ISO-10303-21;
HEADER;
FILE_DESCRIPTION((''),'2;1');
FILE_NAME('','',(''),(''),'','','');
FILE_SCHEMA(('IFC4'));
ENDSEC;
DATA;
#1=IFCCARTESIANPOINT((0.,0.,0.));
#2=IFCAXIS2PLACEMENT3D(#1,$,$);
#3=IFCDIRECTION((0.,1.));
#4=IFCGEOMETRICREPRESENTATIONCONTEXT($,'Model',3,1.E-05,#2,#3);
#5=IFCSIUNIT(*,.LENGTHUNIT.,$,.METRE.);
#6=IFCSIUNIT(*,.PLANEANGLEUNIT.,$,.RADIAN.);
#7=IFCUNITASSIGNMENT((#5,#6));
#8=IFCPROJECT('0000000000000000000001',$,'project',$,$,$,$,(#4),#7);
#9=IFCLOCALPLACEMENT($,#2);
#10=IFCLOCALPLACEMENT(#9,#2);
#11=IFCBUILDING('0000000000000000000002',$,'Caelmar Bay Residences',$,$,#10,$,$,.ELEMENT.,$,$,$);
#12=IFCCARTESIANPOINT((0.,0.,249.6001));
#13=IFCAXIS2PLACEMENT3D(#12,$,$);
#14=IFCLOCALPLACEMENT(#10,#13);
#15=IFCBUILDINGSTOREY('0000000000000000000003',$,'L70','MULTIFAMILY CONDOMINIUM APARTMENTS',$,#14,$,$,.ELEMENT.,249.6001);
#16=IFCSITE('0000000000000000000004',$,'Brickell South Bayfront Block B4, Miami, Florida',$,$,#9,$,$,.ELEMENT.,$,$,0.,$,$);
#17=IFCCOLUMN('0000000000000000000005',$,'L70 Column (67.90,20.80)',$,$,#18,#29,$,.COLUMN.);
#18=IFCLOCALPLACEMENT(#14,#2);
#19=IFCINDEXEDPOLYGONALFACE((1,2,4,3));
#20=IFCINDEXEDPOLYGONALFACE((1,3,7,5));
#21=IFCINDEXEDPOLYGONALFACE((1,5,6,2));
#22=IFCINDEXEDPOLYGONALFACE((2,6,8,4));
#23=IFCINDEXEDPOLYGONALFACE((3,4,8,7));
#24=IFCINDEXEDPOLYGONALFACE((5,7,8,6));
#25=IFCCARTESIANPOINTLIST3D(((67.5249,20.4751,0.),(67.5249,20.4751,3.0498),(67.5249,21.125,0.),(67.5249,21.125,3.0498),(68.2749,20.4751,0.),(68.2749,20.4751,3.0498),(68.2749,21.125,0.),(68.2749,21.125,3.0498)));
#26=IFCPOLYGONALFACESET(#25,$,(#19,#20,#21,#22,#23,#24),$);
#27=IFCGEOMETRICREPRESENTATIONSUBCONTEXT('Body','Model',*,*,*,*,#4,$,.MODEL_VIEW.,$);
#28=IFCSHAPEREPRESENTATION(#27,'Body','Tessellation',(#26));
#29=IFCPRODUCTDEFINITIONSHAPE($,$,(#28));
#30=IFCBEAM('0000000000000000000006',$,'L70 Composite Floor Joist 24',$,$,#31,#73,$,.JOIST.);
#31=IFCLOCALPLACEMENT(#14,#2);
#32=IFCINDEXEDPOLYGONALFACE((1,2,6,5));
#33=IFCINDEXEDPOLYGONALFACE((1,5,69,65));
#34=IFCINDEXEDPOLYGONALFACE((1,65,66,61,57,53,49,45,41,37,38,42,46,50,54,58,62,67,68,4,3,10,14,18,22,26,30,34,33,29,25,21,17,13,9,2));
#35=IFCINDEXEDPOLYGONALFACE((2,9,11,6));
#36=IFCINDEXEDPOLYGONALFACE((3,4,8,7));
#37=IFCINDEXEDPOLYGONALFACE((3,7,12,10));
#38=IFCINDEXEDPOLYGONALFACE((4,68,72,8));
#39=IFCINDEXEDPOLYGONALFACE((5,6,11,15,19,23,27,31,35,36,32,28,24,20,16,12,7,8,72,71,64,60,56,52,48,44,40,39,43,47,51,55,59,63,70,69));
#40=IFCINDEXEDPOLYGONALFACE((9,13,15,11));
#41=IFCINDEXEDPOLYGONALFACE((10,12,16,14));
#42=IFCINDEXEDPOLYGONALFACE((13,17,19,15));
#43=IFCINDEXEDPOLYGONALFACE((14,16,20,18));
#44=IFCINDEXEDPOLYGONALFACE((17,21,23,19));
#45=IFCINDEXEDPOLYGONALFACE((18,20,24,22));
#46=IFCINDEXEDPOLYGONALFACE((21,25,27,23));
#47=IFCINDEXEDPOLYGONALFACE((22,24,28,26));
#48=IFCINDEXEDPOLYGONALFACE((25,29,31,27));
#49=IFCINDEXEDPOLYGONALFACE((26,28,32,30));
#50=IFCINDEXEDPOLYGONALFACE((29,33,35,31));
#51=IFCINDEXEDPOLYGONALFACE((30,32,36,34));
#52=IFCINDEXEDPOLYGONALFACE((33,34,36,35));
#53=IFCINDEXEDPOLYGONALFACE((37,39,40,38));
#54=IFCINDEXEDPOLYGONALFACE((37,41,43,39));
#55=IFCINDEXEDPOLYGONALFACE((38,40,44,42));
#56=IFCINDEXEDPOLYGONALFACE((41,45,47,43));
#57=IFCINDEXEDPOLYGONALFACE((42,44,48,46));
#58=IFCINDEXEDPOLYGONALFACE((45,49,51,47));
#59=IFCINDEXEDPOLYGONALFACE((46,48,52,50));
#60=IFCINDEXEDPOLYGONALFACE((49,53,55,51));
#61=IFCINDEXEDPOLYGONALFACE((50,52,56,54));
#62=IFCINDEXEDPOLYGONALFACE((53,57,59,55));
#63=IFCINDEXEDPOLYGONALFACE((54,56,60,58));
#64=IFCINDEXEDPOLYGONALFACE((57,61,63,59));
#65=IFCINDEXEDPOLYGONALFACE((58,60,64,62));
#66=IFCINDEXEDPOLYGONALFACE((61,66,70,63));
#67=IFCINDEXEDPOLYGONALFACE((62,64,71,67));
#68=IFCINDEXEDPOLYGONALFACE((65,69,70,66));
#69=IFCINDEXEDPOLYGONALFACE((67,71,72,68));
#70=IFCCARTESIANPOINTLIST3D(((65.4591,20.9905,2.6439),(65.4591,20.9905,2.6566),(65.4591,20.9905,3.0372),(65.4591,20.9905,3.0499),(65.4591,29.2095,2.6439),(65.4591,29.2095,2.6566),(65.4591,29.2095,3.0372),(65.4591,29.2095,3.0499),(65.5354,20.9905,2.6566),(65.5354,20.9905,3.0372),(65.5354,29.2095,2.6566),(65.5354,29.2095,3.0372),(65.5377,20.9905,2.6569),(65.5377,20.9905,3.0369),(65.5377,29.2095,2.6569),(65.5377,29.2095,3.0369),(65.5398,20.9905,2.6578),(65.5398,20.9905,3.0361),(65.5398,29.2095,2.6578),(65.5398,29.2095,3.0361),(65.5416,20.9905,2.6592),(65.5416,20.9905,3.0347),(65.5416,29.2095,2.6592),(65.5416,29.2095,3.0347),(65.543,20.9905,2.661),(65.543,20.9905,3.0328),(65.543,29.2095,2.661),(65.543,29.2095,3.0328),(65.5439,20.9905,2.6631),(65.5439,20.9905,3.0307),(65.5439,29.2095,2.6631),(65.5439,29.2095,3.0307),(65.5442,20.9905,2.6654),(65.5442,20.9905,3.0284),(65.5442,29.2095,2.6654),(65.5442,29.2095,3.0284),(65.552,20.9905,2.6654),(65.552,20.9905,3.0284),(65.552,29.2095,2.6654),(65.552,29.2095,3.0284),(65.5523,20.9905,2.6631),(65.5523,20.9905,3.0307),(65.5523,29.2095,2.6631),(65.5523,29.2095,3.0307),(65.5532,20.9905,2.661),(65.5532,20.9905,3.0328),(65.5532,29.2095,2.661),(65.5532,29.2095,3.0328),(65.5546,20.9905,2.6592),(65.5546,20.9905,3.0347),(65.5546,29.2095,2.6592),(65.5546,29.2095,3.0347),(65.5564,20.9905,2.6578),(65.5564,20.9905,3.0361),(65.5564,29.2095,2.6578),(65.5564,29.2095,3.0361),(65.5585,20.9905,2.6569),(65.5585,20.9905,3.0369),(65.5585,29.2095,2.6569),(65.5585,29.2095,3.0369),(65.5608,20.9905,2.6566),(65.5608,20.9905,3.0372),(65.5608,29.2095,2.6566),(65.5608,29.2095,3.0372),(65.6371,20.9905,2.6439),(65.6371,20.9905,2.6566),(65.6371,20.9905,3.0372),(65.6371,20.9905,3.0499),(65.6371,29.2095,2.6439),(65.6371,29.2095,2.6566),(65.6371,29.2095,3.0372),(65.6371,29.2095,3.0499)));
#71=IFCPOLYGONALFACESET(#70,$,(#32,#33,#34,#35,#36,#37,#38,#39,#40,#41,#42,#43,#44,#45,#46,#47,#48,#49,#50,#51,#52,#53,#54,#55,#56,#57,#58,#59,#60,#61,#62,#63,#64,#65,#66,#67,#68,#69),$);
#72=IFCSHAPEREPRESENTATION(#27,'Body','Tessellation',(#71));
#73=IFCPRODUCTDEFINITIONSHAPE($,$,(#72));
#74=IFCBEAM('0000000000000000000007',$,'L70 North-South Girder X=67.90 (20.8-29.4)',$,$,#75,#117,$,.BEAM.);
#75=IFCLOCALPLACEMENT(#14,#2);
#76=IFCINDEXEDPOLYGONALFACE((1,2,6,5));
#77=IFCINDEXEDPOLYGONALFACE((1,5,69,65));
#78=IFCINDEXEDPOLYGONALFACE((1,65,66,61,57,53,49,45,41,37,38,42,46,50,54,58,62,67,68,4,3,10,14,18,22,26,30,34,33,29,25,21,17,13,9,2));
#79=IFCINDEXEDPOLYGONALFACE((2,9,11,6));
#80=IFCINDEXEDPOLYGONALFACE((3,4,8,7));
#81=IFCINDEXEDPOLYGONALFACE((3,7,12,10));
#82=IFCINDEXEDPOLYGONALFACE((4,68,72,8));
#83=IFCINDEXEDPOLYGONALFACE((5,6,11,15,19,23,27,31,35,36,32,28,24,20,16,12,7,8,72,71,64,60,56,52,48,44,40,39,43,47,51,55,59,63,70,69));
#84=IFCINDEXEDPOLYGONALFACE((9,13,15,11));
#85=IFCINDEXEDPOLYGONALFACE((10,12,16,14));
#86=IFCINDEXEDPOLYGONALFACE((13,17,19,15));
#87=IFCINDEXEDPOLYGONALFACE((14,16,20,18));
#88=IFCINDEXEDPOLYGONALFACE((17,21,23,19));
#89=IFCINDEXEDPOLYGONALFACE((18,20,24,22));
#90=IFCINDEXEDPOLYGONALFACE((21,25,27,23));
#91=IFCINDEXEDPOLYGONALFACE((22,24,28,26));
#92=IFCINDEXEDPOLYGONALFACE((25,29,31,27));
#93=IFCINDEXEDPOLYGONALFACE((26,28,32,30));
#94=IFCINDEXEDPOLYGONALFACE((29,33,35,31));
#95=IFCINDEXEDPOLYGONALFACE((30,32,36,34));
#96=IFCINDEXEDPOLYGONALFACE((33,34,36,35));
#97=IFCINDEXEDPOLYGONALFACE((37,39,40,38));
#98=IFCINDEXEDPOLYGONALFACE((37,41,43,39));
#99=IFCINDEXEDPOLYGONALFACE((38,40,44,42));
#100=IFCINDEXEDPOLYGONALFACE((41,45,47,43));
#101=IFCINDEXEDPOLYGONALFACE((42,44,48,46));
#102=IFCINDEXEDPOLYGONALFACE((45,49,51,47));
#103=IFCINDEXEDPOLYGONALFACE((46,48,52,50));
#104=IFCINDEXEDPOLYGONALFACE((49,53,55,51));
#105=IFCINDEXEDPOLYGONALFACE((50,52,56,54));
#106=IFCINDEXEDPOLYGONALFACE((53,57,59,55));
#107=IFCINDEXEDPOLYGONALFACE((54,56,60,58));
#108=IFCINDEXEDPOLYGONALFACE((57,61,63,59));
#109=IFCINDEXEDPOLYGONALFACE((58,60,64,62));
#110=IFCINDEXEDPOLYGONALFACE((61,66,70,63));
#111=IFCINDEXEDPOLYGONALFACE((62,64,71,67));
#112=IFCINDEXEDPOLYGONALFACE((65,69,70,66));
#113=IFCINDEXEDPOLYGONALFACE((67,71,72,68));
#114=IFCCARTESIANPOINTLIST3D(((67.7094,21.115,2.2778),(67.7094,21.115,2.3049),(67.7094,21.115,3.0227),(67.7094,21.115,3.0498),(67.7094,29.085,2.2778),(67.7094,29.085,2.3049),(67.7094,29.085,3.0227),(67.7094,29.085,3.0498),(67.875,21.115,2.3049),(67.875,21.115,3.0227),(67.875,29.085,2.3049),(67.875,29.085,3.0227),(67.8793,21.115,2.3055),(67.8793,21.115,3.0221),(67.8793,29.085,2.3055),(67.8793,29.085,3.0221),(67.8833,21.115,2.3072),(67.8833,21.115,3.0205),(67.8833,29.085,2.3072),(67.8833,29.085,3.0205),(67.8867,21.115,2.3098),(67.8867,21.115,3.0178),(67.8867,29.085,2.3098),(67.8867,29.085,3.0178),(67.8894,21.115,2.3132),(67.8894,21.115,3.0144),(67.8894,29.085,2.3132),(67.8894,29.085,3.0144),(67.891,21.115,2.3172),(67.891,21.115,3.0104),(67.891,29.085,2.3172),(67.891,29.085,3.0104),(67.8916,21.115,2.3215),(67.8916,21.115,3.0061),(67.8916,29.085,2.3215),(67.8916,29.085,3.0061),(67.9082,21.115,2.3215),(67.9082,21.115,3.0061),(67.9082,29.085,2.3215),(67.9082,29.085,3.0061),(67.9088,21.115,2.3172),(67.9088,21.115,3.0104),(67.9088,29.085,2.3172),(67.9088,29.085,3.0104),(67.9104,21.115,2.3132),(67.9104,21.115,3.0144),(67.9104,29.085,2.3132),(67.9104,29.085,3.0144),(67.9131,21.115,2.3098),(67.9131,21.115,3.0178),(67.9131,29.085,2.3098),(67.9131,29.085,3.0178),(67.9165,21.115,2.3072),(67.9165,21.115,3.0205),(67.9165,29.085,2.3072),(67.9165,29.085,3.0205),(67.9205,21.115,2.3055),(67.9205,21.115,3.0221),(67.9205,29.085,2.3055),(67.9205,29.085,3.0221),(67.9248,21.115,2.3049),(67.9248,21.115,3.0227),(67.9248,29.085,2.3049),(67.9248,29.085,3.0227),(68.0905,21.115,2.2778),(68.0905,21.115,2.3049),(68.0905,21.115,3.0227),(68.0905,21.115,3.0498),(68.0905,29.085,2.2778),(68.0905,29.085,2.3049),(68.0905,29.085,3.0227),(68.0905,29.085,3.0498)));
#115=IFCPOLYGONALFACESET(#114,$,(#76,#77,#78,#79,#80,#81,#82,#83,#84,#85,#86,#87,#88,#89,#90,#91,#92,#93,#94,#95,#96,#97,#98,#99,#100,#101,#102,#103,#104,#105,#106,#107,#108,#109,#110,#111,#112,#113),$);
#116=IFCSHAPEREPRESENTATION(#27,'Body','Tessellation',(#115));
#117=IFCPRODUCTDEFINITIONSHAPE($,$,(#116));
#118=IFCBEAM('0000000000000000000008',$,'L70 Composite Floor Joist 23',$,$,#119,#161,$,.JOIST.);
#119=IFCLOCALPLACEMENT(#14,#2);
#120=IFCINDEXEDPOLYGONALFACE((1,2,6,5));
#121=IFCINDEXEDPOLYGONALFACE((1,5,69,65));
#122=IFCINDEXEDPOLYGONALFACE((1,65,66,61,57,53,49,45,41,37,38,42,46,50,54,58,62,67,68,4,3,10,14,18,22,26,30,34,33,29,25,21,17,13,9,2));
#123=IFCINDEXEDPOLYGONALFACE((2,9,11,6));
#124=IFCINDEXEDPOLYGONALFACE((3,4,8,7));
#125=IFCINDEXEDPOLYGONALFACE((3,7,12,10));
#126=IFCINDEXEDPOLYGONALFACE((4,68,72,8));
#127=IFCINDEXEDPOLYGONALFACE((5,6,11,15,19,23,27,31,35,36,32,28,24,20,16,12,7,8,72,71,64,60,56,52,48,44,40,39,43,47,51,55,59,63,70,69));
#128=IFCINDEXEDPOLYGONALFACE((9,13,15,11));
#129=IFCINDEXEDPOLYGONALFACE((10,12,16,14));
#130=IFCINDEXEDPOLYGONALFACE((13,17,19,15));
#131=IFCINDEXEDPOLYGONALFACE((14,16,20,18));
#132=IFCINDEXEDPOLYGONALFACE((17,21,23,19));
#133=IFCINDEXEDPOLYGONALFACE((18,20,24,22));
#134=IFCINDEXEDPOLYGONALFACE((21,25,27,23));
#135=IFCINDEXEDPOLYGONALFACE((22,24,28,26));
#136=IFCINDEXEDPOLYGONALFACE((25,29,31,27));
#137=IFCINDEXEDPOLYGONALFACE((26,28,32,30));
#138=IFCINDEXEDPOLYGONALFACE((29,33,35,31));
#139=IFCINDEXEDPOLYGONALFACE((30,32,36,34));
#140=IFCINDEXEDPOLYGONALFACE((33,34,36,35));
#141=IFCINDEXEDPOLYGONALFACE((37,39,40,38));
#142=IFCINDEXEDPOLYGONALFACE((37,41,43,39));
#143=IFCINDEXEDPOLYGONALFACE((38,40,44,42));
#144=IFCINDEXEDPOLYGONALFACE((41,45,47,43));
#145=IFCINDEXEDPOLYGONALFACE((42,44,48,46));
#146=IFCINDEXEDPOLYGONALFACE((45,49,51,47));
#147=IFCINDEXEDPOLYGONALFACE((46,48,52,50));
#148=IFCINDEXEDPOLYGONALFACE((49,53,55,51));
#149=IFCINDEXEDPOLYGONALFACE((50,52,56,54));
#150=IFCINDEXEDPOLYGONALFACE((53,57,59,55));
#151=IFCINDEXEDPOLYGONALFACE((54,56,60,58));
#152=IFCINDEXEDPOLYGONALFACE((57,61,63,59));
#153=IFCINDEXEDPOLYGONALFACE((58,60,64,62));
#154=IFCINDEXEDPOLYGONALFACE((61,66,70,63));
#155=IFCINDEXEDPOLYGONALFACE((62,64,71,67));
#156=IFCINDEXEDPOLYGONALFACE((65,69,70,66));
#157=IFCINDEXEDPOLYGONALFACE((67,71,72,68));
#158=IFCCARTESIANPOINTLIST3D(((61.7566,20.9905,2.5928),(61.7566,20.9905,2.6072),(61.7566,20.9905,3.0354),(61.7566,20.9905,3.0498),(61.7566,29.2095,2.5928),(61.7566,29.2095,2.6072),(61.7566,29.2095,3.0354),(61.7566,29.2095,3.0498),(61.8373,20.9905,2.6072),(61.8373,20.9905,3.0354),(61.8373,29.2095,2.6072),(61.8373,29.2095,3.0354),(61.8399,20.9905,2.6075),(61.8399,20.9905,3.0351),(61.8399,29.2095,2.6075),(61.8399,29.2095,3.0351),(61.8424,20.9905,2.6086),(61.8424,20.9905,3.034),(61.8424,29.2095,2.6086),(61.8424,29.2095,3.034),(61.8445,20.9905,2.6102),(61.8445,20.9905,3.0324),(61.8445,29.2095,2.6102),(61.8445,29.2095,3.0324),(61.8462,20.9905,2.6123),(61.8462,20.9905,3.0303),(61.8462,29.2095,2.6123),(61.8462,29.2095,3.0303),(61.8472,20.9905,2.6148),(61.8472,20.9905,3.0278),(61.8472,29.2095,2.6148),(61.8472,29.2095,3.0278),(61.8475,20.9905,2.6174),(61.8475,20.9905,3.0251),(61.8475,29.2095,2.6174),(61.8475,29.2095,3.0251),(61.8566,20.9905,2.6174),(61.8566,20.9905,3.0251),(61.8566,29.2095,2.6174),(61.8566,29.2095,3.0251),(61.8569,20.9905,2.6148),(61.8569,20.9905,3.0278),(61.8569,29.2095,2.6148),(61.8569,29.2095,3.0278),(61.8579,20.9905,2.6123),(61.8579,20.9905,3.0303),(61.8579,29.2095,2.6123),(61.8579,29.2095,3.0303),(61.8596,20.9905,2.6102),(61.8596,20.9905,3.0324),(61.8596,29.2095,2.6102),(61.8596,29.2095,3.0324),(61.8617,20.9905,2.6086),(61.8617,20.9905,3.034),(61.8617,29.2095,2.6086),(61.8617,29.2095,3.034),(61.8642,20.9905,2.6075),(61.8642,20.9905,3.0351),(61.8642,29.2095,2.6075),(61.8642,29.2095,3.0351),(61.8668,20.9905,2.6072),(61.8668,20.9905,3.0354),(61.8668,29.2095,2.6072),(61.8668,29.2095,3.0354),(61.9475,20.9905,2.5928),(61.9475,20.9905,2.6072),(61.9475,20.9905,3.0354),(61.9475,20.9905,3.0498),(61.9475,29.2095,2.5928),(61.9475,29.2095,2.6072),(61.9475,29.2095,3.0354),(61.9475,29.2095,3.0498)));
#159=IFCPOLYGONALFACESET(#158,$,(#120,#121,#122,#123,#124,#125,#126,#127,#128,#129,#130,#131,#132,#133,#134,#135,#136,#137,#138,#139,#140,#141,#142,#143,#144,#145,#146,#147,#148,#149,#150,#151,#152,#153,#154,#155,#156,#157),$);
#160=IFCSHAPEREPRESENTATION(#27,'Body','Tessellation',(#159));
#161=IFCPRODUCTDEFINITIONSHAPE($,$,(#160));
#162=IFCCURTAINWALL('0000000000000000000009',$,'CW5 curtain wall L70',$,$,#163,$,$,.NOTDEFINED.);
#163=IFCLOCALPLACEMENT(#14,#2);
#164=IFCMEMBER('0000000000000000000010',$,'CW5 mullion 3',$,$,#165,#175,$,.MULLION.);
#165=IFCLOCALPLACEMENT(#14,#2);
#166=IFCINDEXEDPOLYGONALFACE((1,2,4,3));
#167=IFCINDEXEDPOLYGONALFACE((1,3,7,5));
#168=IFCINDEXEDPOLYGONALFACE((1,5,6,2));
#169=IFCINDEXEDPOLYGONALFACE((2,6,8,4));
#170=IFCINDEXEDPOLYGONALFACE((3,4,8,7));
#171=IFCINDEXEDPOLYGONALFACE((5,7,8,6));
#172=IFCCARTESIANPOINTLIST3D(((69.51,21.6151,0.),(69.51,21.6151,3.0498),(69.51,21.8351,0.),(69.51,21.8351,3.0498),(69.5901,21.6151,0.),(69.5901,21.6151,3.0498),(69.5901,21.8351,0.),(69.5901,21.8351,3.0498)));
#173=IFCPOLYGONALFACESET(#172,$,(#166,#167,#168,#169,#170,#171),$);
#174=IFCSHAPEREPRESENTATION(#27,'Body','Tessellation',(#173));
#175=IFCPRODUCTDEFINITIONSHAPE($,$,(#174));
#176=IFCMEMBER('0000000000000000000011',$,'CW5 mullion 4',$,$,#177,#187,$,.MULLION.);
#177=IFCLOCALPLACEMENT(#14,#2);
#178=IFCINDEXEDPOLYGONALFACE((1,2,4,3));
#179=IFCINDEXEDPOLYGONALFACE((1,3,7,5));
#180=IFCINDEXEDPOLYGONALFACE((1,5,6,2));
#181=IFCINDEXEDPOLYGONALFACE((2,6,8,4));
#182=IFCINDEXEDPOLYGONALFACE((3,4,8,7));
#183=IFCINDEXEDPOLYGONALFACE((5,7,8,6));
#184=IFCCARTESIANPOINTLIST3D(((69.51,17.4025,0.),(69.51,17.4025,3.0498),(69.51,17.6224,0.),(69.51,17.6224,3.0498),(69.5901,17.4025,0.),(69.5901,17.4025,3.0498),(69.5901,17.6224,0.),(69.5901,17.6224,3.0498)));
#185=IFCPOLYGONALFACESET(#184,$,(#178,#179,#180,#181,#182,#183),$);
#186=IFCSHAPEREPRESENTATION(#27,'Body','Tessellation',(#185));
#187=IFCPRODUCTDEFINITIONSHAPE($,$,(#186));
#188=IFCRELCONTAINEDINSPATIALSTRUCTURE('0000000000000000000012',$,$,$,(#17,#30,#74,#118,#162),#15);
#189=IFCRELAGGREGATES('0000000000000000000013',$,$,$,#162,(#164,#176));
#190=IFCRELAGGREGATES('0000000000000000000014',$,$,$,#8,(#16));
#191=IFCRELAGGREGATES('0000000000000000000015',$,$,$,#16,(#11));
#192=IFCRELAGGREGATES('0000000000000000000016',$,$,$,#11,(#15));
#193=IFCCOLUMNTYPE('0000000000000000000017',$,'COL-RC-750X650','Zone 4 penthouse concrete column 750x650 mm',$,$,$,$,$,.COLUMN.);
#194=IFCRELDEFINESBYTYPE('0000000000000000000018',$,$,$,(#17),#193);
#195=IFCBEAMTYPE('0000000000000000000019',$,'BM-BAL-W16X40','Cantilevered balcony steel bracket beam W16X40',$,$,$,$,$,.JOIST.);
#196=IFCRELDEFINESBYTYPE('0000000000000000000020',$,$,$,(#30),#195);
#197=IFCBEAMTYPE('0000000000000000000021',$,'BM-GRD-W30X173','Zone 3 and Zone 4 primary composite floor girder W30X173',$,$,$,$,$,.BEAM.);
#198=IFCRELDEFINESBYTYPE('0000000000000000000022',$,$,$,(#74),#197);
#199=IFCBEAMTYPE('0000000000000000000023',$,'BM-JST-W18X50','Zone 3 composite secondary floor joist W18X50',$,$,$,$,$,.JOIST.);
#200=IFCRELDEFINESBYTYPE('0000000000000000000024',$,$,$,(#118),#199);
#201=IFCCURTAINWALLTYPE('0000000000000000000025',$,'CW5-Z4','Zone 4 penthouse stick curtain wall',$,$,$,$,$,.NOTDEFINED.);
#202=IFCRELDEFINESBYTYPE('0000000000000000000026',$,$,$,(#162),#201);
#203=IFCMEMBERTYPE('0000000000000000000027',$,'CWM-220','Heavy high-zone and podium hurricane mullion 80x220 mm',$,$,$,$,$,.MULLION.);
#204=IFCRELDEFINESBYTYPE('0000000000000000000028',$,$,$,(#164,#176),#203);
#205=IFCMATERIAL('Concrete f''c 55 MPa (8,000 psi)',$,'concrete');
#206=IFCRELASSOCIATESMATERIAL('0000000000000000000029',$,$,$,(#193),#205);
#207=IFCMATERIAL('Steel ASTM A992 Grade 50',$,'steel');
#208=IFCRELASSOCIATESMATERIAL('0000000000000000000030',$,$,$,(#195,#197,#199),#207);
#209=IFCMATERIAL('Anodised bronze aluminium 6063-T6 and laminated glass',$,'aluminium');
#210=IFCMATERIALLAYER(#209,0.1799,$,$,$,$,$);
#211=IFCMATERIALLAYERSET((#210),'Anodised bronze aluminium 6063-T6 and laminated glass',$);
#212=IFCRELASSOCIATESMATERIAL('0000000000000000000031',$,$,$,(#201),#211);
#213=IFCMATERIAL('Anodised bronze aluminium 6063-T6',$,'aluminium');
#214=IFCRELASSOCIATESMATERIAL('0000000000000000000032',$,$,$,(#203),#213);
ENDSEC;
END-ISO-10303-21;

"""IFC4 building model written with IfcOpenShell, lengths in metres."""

from ifc_helpers import new_model, si_unit, direction, frame, origin, origin_2d, place, context, subcontext, project, spatial, rectangle, i_section, extrude, material, layer, layer_set, material_profile, profile_set, type_object, element, aggregate, save


model = new_model("IFC4")

# Units and contexts
model_context = context("Model", 3, precision=1e-05, world=origin(), true_north=direction((0.0, 1.0)))
body_context = subcontext(model_context, "Body", "Model", "MODEL_VIEW")
ifc_project = project(units=[si_unit("LENGTHUNIT", "METRE"), si_unit("PLANEANGLEUNIT", "RADIAN")], contexts=[model_context])

# Site, building, storey
site_placement = place(None, origin())
site = spatial("IfcSite", under=ifc_project, at=site_placement, Name="Brickell South Bayfront Block B4, Miami, Florida", CompositionType="ELEMENT", RefElevation=0.0)
building_placement = place(site_placement, origin())
building = spatial("IfcBuilding", under=site, at=building_placement, Name="Caelmar Bay Residences", CompositionType="ELEMENT")
storey_placement = place(building_placement, frame((0.0, 0.0, 249.6001)))
storey = spatial("IfcBuildingStorey", under=building, at=storey_placement, Name="L70", Description="MULTIFAMILY CONDOMINIUM APARTMENTS", CompositionType="ELEMENT", Elevation=249.6001)

# Column
ifc_material_1 = material(Name="Concrete f'c 55 MPa (8,000 psi)", Category="concrete")
ifc_material_profile_1 = material_profile(ifc_material_1, rectangle(XDim=0.75, YDim=0.6499, at=origin_2d()), Name="RC-COL-750X650")
ifc_profile_set_1 = profile_set([ifc_material_profile_1], Name="Concrete f'c 55 MPa (8,000 psi)")
column_type = type_object("IfcColumnType", Name="COL-RC-750X650", Description="Zone 4 penthouse concrete column 750x650 mm", PredefinedType="COLUMN", material=ifc_profile_set_1)
column_placement = place(storey_placement, frame((67.8999, 20.8, 0.0), z_axis=(0.0, 0.0, 1.0), x_axis=(1.0, 0.0, 0.0)))
element("IfcColumn", 1, at=column_placement, inside=storey, type_object=column_type, Name="L70 Column (67.90,20.80)", PredefinedType="COLUMN", context=body_context, shape_type="SweptSolid", body=[
    extrude(rectangle(XDim=0.75, YDim=0.6499, at=origin_2d()), origin(), (0.0, 0.0, 1.0), 3.0498),
])

# Beams
ifc_material_2 = material(Name="Steel ASTM A992 Grade 50", Category="steel")
ifc_material_profile_2 = material_profile(ifc_material_2, i_section(OverallWidth=0.178, OverallDepth=0.406, WebThickness=0.0078, FlangeThickness=0.0127, FilletRadius=0.0088, at=origin_2d()), Name="W16X40")
ifc_profile_set_2 = profile_set([ifc_material_profile_2], Name="Steel ASTM A992 Grade 50")
beam_type_1 = type_object("IfcBeamType", Name="BM-BAL-W16X40", Description="Cantilevered balcony steel bracket beam W16X40", PredefinedType="JOIST", material=ifc_profile_set_2)
beam_1_placement = place(storey_placement, frame((65.5481, 20.9905, 2.8469), z_axis=(0.0, 1.0, 0.0), x_axis=(-1.0, 0.0, 0.0)))
element("IfcBeam", 2, at=beam_1_placement, inside=storey, type_object=beam_type_1, Name="L70 Composite Floor Joist 24", PredefinedType="JOIST", context=body_context, shape_type="SweptSolid", body=[
    extrude(i_section(OverallWidth=0.178, OverallDepth=0.406, WebThickness=0.0078, FlangeThickness=0.0127, FilletRadius=0.0088, at=origin_2d()), origin(), (0.0, 0.0, 1.0), 8.219),
])
ifc_material_profile_3 = material_profile(ifc_material_2, i_section(OverallWidth=0.3811, OverallDepth=0.772, WebThickness=0.0166, FlangeThickness=0.0271, FilletRadius=0.0166, at=origin_2d()), Name="W30X173")
ifc_profile_set_3 = profile_set([ifc_material_profile_3], Name="Steel ASTM A992 Grade 50")
beam_type_2 = type_object("IfcBeamType", Name="BM-GRD-W30X173", Description="Zone 3 and Zone 4 primary composite floor girder W30X173", PredefinedType="BEAM", material=ifc_profile_set_3)
beam_2_placement = place(storey_placement, frame((67.8999, 21.115, 2.6638), z_axis=(0.0, 1.0, 0.0), x_axis=(-1.0, 0.0, 0.0)))
element("IfcBeam", 3, at=beam_2_placement, inside=storey, type_object=beam_type_2, Name="L70 North-South Girder X=67.90 (20.8-29.4)", PredefinedType="BEAM", context=body_context, shape_type="SweptSolid", body=[
    extrude(i_section(OverallWidth=0.3811, OverallDepth=0.772, WebThickness=0.0166, FlangeThickness=0.0271, FilletRadius=0.0166, at=origin_2d()), origin(), (0.0, 0.0, 1.0), 7.97),
])
ifc_material_profile_4 = material_profile(ifc_material_2, i_section(OverallWidth=0.1909, OverallDepth=0.457, WebThickness=0.009, FlangeThickness=0.0144, FilletRadius=0.0103, at=origin_2d()), Name="W18X50")
ifc_profile_set_4 = profile_set([ifc_material_profile_4], Name="Steel ASTM A992 Grade 50")
beam_type_3 = type_object("IfcBeamType", Name="BM-JST-W18X50", Description="Zone 3 composite secondary floor joist W18X50", PredefinedType="JOIST", material=ifc_profile_set_4)
beam_3_placement = place(storey_placement, frame((61.8521, 20.9905, 2.8213), z_axis=(0.0, 1.0, 0.0), x_axis=(-1.0, 0.0, 0.0)))
element("IfcBeam", 4, at=beam_3_placement, inside=storey, type_object=beam_type_3, Name="L70 Composite Floor Joist 23", PredefinedType="JOIST", context=body_context, shape_type="SweptSolid", body=[
    extrude(i_section(OverallWidth=0.1909, OverallDepth=0.457, WebThickness=0.009, FlangeThickness=0.0144, FilletRadius=0.0103, at=origin_2d()), origin(), (0.0, 0.0, 1.0), 8.219),
])

# Curtain wall, members
ifc_material_3 = material(Name="Anodised bronze aluminium 6063-T6 and laminated glass", Category="aluminium")
ifc_layer_1 = layer(ifc_material_3, 0.1799)
ifc_layer_set_1 = layer_set([ifc_layer_1], Name="Anodised bronze aluminium 6063-T6 and laminated glass")
curtain_wall_type = type_object("IfcCurtainWallType", Name="CW5-Z4", Description="Zone 4 penthouse stick curtain wall", PredefinedType="NOTDEFINED", material=ifc_layer_set_1)
curtain_wall_placement = place(storey_placement, origin())
curtain_wall = element("IfcCurtainWall", 5, at=curtain_wall_placement, inside=storey, type_object=curtain_wall_type, Name="CW5 curtain wall L70", PredefinedType="NOTDEFINED")
ifc_material_4 = material(Name="Anodised bronze aluminium 6063-T6", Category="aluminium")
ifc_material_profile_5 = material_profile(ifc_material_4, rectangle(XDim=0.0801, YDim=0.22, at=origin_2d()), Name="CWM-80X220")
ifc_profile_set_5 = profile_set([ifc_material_profile_5], Name="Anodised bronze aluminium 6063-T6")
member_type_1 = type_object("IfcMemberType", Name="CWM-220", Description="Heavy high-zone and podium hurricane mullion 80x220 mm", PredefinedType="MULLION", material=ifc_profile_set_5)
member_1_placement = place(storey_placement, frame((69.55, 21.7251, 0.0), z_axis=(0.0, 0.0, 1.0), x_axis=(1.0, 0.0, 0.0)))
member_1 = element("IfcMember", 6, at=member_1_placement, type_object=member_type_1, Name="CW5 mullion 3", PredefinedType="MULLION", context=body_context, shape_type="SweptSolid", body=[
    extrude(rectangle(XDim=0.0801, YDim=0.22, at=origin_2d()), origin(), (0.0, 0.0, 1.0), 3.0498),
])
member_2_placement = place(storey_placement, frame((69.55, 17.5125, 0.0), z_axis=(0.0, 0.0, 1.0), x_axis=(1.0, 0.0, 0.0)))
member_2 = element("IfcMember", 7, at=member_2_placement, type_object=member_type_1, Name="CW5 mullion 4", PredefinedType="MULLION", context=body_context, shape_type="SweptSolid", body=[
    extrude(rectangle(XDim=0.0801, YDim=0.22, at=origin_2d()), origin(), (0.0, 0.0, 1.0), 3.0498),
])
aggregate(curtain_wall, [member_1, member_2])

save(model, "model.ifc")
